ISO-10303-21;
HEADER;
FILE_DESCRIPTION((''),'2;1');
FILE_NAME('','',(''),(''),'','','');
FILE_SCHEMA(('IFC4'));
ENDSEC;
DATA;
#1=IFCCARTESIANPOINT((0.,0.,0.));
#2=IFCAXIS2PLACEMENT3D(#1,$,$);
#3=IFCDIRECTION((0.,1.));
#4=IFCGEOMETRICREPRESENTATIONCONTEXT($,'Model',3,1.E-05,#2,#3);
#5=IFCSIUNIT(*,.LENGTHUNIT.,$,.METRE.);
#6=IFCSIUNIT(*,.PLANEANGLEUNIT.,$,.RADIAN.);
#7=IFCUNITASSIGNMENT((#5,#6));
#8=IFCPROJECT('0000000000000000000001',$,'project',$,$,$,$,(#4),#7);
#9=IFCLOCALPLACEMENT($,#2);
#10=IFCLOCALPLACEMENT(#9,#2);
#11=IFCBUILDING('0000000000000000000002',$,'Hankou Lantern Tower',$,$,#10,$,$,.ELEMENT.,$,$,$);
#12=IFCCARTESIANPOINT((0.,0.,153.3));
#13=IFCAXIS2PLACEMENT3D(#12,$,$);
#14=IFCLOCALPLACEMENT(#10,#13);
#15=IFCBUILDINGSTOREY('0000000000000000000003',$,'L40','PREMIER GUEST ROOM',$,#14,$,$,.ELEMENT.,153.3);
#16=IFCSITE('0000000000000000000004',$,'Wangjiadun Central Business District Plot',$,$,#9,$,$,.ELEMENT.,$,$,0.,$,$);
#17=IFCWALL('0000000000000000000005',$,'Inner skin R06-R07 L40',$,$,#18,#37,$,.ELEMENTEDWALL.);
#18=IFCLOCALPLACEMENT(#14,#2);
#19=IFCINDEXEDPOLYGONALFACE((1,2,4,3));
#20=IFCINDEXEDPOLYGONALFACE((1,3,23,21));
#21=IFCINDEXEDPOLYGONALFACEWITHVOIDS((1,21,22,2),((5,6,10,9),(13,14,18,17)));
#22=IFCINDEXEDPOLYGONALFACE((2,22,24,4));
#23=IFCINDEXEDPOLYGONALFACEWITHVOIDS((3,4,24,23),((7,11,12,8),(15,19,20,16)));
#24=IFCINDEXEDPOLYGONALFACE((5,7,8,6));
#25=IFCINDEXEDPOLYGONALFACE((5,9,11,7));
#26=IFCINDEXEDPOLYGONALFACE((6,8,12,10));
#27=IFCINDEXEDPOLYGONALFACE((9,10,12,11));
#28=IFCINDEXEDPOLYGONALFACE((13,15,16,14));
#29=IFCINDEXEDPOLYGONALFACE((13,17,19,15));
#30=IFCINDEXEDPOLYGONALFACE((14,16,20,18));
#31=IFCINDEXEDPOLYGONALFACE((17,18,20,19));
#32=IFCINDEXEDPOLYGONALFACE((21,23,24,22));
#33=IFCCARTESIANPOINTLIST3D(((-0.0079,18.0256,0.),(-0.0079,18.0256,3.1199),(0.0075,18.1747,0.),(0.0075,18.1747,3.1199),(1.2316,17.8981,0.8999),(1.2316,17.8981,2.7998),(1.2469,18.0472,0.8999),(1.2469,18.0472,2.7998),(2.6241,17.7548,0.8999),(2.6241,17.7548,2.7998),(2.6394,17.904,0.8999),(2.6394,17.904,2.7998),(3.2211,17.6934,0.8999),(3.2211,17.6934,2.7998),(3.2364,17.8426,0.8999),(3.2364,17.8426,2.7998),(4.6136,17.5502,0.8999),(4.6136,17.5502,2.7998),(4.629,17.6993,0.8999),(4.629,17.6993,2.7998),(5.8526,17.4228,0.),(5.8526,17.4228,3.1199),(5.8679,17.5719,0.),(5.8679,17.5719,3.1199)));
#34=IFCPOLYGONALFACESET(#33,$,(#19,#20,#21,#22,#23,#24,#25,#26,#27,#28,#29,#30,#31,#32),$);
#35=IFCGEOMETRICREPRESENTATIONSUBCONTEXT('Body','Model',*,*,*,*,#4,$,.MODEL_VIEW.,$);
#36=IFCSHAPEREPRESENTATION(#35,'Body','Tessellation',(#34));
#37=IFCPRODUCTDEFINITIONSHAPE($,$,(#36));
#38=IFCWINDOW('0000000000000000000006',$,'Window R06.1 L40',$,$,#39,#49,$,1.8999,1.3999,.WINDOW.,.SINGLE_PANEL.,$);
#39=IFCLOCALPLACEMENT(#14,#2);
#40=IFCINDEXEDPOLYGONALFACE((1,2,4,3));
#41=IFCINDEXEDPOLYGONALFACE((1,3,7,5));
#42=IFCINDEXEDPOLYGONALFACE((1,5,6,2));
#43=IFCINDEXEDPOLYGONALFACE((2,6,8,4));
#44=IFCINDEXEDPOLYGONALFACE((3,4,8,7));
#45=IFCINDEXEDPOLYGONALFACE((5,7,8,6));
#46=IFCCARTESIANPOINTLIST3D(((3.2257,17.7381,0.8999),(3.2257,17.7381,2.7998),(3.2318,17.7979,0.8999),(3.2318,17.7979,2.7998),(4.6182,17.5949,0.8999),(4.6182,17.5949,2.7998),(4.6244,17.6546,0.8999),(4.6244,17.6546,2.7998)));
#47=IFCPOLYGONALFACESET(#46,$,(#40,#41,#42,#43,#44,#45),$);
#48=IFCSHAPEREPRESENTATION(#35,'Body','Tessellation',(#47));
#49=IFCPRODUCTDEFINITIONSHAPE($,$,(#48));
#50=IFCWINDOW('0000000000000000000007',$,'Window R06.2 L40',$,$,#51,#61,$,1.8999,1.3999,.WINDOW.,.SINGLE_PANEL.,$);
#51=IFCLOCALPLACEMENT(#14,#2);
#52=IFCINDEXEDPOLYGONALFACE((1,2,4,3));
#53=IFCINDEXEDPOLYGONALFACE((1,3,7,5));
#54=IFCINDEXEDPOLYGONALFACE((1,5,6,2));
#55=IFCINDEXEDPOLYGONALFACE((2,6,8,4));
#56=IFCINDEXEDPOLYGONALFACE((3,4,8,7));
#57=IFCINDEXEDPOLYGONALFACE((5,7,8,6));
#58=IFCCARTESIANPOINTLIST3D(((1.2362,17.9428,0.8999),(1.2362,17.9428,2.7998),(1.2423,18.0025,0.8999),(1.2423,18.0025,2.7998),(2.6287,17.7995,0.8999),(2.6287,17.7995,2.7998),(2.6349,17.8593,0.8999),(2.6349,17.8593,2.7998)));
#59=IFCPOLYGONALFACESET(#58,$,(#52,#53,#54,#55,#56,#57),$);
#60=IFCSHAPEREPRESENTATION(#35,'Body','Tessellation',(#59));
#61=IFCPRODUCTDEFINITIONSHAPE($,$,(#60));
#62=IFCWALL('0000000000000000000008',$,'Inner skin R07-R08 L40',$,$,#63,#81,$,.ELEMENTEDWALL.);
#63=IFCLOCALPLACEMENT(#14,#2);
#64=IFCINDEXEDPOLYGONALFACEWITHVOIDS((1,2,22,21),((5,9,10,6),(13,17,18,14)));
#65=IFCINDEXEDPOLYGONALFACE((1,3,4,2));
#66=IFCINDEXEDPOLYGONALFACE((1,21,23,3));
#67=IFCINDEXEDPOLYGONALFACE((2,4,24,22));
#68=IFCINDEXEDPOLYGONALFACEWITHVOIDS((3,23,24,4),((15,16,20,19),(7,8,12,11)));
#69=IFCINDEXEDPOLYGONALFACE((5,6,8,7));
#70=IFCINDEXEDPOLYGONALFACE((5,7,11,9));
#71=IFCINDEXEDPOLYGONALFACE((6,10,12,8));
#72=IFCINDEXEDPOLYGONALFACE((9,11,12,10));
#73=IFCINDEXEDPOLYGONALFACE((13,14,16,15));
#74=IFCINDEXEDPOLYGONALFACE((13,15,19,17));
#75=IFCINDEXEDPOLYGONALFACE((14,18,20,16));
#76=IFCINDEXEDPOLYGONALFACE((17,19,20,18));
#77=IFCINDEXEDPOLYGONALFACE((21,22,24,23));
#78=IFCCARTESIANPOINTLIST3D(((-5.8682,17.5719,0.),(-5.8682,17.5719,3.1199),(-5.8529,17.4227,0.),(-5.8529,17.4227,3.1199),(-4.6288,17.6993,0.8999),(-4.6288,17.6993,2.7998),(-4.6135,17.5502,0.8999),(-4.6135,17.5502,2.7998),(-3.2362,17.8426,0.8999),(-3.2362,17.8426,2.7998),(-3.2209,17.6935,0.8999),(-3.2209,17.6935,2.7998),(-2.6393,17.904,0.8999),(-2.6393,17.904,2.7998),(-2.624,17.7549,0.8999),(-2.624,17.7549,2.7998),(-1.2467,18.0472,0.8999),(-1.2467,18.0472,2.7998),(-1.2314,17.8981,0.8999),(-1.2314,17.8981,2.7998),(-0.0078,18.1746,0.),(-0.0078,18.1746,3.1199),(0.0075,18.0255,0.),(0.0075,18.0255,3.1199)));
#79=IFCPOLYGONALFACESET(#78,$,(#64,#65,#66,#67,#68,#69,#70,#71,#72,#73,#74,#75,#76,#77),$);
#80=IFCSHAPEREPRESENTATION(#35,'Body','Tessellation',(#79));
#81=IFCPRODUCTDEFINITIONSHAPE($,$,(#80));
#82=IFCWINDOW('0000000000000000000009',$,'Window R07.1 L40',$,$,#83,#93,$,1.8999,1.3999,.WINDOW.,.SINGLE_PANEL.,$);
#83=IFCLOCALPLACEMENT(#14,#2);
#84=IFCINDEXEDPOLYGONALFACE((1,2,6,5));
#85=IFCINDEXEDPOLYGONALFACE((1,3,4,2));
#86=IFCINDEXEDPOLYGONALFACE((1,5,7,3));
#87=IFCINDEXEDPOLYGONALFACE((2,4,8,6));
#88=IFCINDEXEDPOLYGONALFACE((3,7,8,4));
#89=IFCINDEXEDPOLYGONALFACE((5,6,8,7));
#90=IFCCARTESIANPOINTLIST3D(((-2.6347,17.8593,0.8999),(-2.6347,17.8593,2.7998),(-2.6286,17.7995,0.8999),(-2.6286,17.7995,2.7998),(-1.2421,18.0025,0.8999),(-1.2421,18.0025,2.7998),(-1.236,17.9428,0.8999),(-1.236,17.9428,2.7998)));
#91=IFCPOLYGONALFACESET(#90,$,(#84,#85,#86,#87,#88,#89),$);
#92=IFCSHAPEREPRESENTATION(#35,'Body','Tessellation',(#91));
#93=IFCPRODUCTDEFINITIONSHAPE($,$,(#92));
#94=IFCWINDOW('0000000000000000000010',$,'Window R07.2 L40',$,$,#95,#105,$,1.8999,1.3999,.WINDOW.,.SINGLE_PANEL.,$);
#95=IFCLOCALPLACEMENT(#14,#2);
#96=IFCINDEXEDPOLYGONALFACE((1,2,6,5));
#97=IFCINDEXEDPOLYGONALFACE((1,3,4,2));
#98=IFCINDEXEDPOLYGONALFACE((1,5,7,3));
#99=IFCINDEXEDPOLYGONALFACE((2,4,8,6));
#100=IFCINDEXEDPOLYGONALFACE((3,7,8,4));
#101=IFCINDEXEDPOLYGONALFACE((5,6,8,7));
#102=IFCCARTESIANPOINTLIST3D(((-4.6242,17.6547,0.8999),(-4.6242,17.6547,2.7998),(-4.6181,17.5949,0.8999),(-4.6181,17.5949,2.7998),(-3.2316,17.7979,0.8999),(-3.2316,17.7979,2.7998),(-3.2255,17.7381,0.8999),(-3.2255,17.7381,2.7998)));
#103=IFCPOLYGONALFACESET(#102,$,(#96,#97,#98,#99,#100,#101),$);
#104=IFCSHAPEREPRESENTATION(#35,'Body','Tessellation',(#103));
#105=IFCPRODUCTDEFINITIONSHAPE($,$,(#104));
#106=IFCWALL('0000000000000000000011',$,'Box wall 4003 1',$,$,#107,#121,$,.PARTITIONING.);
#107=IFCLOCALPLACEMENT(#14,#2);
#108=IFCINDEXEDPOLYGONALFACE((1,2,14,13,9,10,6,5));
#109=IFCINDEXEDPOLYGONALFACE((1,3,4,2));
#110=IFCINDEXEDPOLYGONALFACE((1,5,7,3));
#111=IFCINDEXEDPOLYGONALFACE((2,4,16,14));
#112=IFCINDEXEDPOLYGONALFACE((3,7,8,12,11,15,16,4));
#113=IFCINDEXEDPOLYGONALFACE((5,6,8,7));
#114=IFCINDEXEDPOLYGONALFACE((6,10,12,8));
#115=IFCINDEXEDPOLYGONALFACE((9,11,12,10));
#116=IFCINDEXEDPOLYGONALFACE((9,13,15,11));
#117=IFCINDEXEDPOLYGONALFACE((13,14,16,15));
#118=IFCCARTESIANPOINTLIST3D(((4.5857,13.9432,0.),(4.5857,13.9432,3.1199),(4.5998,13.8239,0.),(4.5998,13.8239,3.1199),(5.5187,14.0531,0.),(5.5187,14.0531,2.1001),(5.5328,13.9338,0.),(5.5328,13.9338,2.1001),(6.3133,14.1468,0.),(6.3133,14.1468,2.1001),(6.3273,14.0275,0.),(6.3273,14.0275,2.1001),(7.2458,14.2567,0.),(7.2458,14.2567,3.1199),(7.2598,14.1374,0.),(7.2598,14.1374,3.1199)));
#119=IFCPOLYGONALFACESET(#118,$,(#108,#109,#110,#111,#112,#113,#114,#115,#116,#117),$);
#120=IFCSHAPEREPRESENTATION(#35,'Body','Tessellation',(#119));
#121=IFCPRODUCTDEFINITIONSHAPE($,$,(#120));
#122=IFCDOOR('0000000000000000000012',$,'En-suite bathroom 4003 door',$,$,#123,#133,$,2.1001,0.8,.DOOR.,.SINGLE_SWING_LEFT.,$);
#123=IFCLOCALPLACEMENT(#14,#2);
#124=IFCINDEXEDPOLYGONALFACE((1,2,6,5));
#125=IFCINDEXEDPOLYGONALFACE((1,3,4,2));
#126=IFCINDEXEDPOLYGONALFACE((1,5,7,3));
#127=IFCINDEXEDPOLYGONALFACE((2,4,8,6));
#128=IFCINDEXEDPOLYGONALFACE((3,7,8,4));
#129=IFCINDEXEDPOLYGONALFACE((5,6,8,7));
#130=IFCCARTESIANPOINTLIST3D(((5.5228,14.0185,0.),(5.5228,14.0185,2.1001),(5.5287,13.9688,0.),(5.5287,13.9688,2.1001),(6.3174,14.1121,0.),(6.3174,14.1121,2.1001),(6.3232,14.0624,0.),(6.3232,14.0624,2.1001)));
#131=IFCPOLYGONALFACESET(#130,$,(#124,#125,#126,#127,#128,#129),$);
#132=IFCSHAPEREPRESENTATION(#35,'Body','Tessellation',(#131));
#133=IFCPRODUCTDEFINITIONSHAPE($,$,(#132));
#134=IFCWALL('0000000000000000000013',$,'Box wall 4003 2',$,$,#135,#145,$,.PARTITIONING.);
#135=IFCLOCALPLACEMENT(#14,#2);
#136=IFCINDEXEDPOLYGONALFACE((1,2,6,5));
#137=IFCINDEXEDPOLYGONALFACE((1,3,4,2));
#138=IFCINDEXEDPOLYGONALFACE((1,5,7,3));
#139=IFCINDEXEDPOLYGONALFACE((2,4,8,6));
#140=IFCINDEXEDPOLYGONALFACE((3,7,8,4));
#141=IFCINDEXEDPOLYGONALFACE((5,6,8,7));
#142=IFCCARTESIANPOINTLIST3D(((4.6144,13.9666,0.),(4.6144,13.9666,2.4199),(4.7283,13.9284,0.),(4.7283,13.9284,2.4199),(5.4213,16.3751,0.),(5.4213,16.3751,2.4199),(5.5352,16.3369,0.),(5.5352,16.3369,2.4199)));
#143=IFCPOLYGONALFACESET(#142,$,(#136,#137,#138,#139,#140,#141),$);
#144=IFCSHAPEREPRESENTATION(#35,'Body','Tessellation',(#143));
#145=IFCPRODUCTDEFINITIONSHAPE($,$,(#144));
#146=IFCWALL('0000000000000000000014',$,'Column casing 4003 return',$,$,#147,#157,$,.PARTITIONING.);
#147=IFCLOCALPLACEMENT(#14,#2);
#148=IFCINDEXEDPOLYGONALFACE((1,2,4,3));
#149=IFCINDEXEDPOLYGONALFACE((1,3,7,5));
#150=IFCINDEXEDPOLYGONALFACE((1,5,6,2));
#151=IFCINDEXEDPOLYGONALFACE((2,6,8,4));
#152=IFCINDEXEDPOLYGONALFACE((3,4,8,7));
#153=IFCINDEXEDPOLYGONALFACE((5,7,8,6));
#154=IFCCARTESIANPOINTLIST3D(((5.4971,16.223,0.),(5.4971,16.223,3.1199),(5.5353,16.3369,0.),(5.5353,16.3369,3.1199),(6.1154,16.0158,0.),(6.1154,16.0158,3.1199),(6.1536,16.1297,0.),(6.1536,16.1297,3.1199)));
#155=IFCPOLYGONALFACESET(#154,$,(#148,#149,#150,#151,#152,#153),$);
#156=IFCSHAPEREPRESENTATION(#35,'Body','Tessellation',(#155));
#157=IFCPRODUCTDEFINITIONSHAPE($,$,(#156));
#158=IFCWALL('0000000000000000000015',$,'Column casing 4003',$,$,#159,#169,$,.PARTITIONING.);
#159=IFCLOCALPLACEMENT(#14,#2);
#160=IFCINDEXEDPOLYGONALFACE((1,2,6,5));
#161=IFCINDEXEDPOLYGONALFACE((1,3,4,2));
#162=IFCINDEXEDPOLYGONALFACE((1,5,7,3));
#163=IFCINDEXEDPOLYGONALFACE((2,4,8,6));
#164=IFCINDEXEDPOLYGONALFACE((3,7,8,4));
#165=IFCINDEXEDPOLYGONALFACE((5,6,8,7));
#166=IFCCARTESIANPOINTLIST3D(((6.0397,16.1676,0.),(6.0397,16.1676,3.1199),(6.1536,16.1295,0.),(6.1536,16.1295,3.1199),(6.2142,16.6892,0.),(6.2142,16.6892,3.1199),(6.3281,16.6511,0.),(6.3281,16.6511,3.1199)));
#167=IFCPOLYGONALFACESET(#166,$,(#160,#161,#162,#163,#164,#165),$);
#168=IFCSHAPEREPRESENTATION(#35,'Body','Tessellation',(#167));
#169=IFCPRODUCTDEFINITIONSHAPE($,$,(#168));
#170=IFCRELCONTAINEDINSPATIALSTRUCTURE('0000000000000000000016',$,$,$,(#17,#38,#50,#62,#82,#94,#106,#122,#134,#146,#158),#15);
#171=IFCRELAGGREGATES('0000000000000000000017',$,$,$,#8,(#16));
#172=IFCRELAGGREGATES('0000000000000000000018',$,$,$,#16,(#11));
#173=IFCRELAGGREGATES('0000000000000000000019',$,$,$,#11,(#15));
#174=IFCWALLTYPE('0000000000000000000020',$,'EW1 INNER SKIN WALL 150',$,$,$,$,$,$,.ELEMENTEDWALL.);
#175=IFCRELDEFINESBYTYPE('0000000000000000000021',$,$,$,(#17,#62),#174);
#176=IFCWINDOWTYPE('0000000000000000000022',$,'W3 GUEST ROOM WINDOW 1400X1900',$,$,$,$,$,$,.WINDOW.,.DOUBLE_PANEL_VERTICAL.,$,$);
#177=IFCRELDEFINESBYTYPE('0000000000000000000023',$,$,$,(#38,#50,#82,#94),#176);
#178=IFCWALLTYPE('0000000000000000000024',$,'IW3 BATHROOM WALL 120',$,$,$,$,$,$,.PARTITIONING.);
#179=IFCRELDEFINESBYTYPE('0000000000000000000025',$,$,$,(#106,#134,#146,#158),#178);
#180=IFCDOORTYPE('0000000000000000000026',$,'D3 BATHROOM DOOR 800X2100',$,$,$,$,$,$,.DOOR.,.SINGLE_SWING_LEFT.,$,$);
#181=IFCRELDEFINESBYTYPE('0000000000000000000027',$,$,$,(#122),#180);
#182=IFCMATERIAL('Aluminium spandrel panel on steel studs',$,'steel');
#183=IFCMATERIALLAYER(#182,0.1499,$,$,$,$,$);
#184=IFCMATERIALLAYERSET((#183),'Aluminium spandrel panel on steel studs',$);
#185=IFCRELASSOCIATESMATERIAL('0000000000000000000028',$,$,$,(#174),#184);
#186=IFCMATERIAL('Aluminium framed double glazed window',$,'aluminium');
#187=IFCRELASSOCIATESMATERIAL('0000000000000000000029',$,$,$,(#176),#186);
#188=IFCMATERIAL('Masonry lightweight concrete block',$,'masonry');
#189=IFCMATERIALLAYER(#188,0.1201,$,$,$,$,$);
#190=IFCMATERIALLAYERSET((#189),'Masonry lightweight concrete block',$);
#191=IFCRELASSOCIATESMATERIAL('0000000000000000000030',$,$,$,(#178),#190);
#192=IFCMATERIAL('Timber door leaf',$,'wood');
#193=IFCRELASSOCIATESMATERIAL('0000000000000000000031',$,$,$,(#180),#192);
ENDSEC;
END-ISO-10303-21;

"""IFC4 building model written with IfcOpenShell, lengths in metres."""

from ifc_helpers import new_model, si_unit, direction, frame, frame_2d, origin, place, context, subcontext, project, spatial, rectangle, extrude, material, layer, layer_set, type_object, element, fill, save


model = new_model("IFC4")

# Units and contexts
model_context = context("Model", 3, precision=1e-05, world=origin(), true_north=direction((0.0, 1.0)))
body_context = subcontext(model_context, "Body", "Model", "MODEL_VIEW")
ifc_project = project(units=[si_unit("LENGTHUNIT", "METRE"), si_unit("PLANEANGLEUNIT", "RADIAN")], contexts=[model_context])

# Site, building, storey
site_placement = place(None, origin())
site = spatial("IfcSite", under=ifc_project, at=site_placement, Name="Wangjiadun Central Business District Plot", CompositionType="ELEMENT", RefElevation=0.0)
building_placement = place(site_placement, origin())
building = spatial("IfcBuilding", under=site, at=building_placement, Name="Hankou Lantern Tower", CompositionType="ELEMENT")
storey_placement = place(building_placement, frame((0.0, 0.0, 153.3)))
storey = spatial("IfcBuildingStorey", under=building, at=storey_placement, Name="L40", Description="PREMIER GUEST ROOM", CompositionType="ELEMENT", Elevation=153.3)

# Walls, openings, windows
ifc_material_1 = material(Name="Aluminium spandrel panel on steel studs", Category="steel")
ifc_layer_1 = layer(ifc_material_1, 0.1499)
ifc_layer_set_1 = layer_set([ifc_layer_1], Name="Aluminium spandrel panel on steel studs")
wall_type_1 = type_object("IfcWallType", Name="EW1 INNER SKIN WALL 150", PredefinedType="ELEMENTEDWALL", material=ifc_layer_set_1)
ifc_material_2 = material(Name="Aluminium framed double glazed window", Category="aluminium")
window_type = type_object("IfcWindowType", Name="W3 GUEST ROOM WINDOW 1400X1900", PartitioningType="DOUBLE_PANEL_VERTICAL", PredefinedType="WINDOW", material=ifc_material_2)
wall_1_placement = place(storey_placement, frame((5.8604, 17.4973, 0.0), z_axis=(0.0, 0.0, 1.0), x_axis=(-0.994752, 0.102318, 0.0)))
wall_1 = element("IfcWall", 1, at=wall_1_placement, inside=storey, type_object=wall_type_1, Name="Inner skin R06-R07 L40", PredefinedType="ELEMENTEDWALL", context=body_context, shape_type="SweptSolid", body=[
    extrude(rectangle(XDim=5.8914, YDim=0.1499, at=frame_2d((2.9458, 0.0))), origin(), (0.0, 0.0, 1.0), 3.1199),
])
opening_1_placement = place(wall_1_placement, frame((1.2456, 0.0, 0.8999)))
opening_1 = element("IfcOpeningElement", 2, at=opening_1_placement, cuts=wall_1, PredefinedType="OPENING", context=body_context, shape_type="SweptSolid", body=[
    extrude(rectangle(XDim=1.3999, YDim=1.8999, at=frame_2d((0.7, 0.95))), frame((0.0, 0.085, 0.0), z_axis=(0.0, -1.0, 0.0), x_axis=(1.0, 0.0, 0.0)), (0.0, 0.0, 1.0), 0.1699),
])
opening_2_placement = place(wall_1_placement, frame((3.2456, 0.0, 0.8999)))
opening_2 = element("IfcOpeningElement", 3, at=opening_2_placement, cuts=wall_1, PredefinedType="OPENING", context=body_context, shape_type="SweptSolid", body=[
    extrude(rectangle(XDim=1.3999, YDim=1.8999, at=frame_2d((0.7, 0.95))), frame((0.0, 0.085, 0.0), z_axis=(0.0, -1.0, 0.0), x_axis=(1.0, 0.0, 0.0)), (0.0, 0.0, 1.0), 0.1699),
])
window_1_placement = place(opening_1_placement, origin())
window_1 = element("IfcWindow", 4, at=window_1_placement, inside=storey, type_object=window_type, Name="Window R06.1 L40", OverallHeight=1.8999, OverallWidth=1.3999, PartitioningType="SINGLE_PANEL", PredefinedType="WINDOW", context=body_context, shape_type="SweptSolid", body=[
    extrude(rectangle(XDim=1.3999, YDim=1.8999, at=frame_2d((0.7, 0.95))), frame((0.0, 0.03, 0.0), z_axis=(0.0, -1.0, 0.0), x_axis=(1.0, 0.0, 0.0)), (0.0, 0.0, 1.0), 0.0601),
])
fill(opening_1, window_1)
window_2_placement = place(opening_2_placement, origin())
window_2 = element("IfcWindow", 5, at=window_2_placement, inside=storey, type_object=window_type, Name="Window R06.2 L40", OverallHeight=1.8999, OverallWidth=1.3999, PartitioningType="SINGLE_PANEL", PredefinedType="WINDOW", context=body_context, shape_type="SweptSolid", body=[
    extrude(rectangle(XDim=1.3999, YDim=1.8999, at=frame_2d((0.7, 0.95))), frame((0.0, 0.03, 0.0), z_axis=(0.0, -1.0, 0.0), x_axis=(1.0, 0.0, 0.0)), (0.0, 0.0, 1.0), 0.0601),
])
fill(opening_2, window_2)
wall_2_placement = place(storey_placement, frame((0.0, 18.1001, 0.0), z_axis=(0.0, 0.0, 1.0), x_axis=(-0.994752, -0.102318, 0.0)))
wall_2 = element("IfcWall", 6, at=wall_2_placement, inside=storey, type_object=wall_type_1, Name="Inner skin R07-R08 L40", PredefinedType="ELEMENTEDWALL", context=body_context, shape_type="SweptSolid", body=[
    extrude(rectangle(XDim=5.8914, YDim=0.1499, at=frame_2d((2.9458, 0.0))), origin(), (0.0, 0.0, 1.0), 3.1199),
])
opening_3_placement = place(wall_2_placement, frame((1.2456, 0.0, 0.8999)))
opening_3 = element("IfcOpeningElement", 7, at=opening_3_placement, cuts=wall_2, PredefinedType="OPENING", context=body_context, shape_type="SweptSolid", body=[
    extrude(rectangle(XDim=1.3999, YDim=1.8999, at=frame_2d((0.7, 0.95))), frame((0.0, 0.085, 0.0), z_axis=(0.0, -1.0, 0.0), x_axis=(1.0, 0.0, 0.0)), (0.0, 0.0, 1.0), 0.1699),
])
opening_4_placement = place(wall_2_placement, frame((3.2456, 0.0, 0.8999)))
opening_4 = element("IfcOpeningElement", 8, at=opening_4_placement, cuts=wall_2, PredefinedType="OPENING", context=body_context, shape_type="SweptSolid", body=[
    extrude(rectangle(XDim=1.3999, YDim=1.8999, at=frame_2d((0.7, 0.95))), frame((0.0, 0.085, 0.0), z_axis=(0.0, -1.0, 0.0), x_axis=(1.0, 0.0, 0.0)), (0.0, 0.0, 1.0), 0.1699),
])
window_3_placement = place(opening_3_placement, origin())
window_3 = element("IfcWindow", 9, at=window_3_placement, inside=storey, type_object=window_type, Name="Window R07.1 L40", OverallHeight=1.8999, OverallWidth=1.3999, PartitioningType="SINGLE_PANEL", PredefinedType="WINDOW", context=body_context, shape_type="SweptSolid", body=[
    extrude(rectangle(XDim=1.3999, YDim=1.8999, at=frame_2d((0.7, 0.95))), frame((0.0, 0.03, 0.0), z_axis=(0.0, -1.0, 0.0), x_axis=(1.0, 0.0, 0.0)), (0.0, 0.0, 1.0), 0.0601),
])
fill(opening_3, window_3)
window_4_placement = place(opening_4_placement, origin())
window_4 = element("IfcWindow", 10, at=window_4_placement, inside=storey, type_object=window_type, Name="Window R07.2 L40", OverallHeight=1.8999, OverallWidth=1.3999, PartitioningType="SINGLE_PANEL", PredefinedType="WINDOW", context=body_context, shape_type="SweptSolid", body=[
    extrude(rectangle(XDim=1.3999, YDim=1.8999, at=frame_2d((0.7, 0.95))), frame((0.0, 0.03, 0.0), z_axis=(0.0, -1.0, 0.0), x_axis=(1.0, 0.0, 0.0)), (0.0, 0.0, 1.0), 0.0601),
])
fill(opening_4, window_4)

# Wall, opening, door
ifc_material_3 = material(Name="Masonry lightweight concrete block", Category="masonry")
ifc_layer_2 = layer(ifc_material_3, 0.1201)
ifc_layer_set_2 = layer_set([ifc_layer_2], Name="Masonry lightweight concrete block")
wall_type_2 = type_object("IfcWallType", Name="IW3 BATHROOM WALL 120", PredefinedType="PARTITIONING", material=ifc_layer_set_2)
wall_3_placement = place(storey_placement, frame((7.2529, 14.197, 0.0), z_axis=(0.0, 0.0, 1.0), x_axis=(-0.993128, -0.117032, 0.0)))
wall_3 = element("IfcWall", 11, at=wall_3_placement, inside=storey, type_object=wall_type_2, Name="Box wall 4003 1", PredefinedType="PARTITIONING", context=body_context, shape_type="SweptSolid", body=[
    extrude(rectangle(XDim=2.6785, YDim=0.1201, at=frame_2d((1.3394, 0.0))), origin(), (0.0, 0.0, 1.0), 3.1199),
])
opening_5_placement = place(wall_3_placement, frame((0.9392, 0.0, 0.0)))
opening_5 = element("IfcOpeningElement", 12, at=opening_5_placement, cuts=wall_3, PredefinedType="OPENING", context=body_context, shape_type="SweptSolid", body=[
    extrude(rectangle(XDim=0.8, YDim=2.1001, at=frame_2d((0.3999, 1.05))), frame((0.0, 0.0701, 0.0), z_axis=(0.0, -1.0, 0.0), x_axis=(1.0, 0.0, 0.0)), (0.0, 0.0, 1.0), 0.1401),
])
ifc_material_4 = material(Name="Timber door leaf", Category="wood")
door_type = type_object("IfcDoorType", Name="D3 BATHROOM DOOR 800X2100", OperationType="SINGLE_SWING_LEFT", PredefinedType="DOOR", material=ifc_material_4)
door_placement = place(opening_5_placement, origin())
door = element("IfcDoor", 13, at=door_placement, inside=storey, type_object=door_type, Name="En-suite bathroom 4003 door", OperationType="SINGLE_SWING_LEFT", OverallHeight=2.1001, OverallWidth=0.8, PredefinedType="DOOR", context=body_context, shape_type="SweptSolid", body=[
    extrude(rectangle(XDim=0.8, YDim=2.1001, at=frame_2d((0.3999, 1.05))), frame((0.0, 0.0249, 0.0), z_axis=(0.0, -1.0, 0.0), x_axis=(1.0, 0.0, 0.0)), (0.0, 0.0, 1.0), 0.05),
])
fill(opening_5, door)

# Walls
wall_4_placement = place(storey_placement, frame((4.6714, 13.9475, 0.0), z_axis=(0.0, 0.0, 1.0), x_axis=(0.317669, 0.948202, 0.0)))
element("IfcWall", 14, at=wall_4_placement, inside=storey, type_object=wall_type_2, Name="Box wall 4003 2", PredefinedType="PARTITIONING", context=body_context, shape_type="SweptSolid", body=[
    extrude(rectangle(XDim=2.54, YDim=0.1201, at=frame_2d((1.27, 0.0))), origin(), (0.0, 0.0, 1.0), 2.4199),
])
wall_5_placement = place(storey_placement, frame((5.5161, 16.28, 0.0), z_axis=(0.0, 0.0, 1.0), x_axis=(0.948158, -0.317799, 0.0)))
element("IfcWall", 15, at=wall_5_placement, inside=storey, type_object=wall_type_2, Name="Column casing 4003 return", PredefinedType="PARTITIONING", context=body_context, shape_type="SweptSolid", body=[
    extrude(rectangle(XDim=0.6521, YDim=0.1201, at=frame_2d((0.3262, 0.0))), origin(), (0.0, 0.0, 1.0), 3.1199),
])
wall_6_placement = place(storey_placement, frame((6.0967, 16.1487, 0.0), z_axis=(0.0, 0.0, 1.0), x_axis=(0.317293, 0.948328, 0.0)))
element("IfcWall", 16, at=wall_6_placement, inside=storey, type_object=wall_type_2, Name="Column casing 4003", PredefinedType="PARTITIONING", context=body_context, shape_type="SweptSolid", body=[
    extrude(rectangle(XDim=0.55, YDim=0.1201, at=frame_2d((0.2749, 0.0))), origin(), (0.0, 0.0, 1.0), 3.1199),
])

save(model, "model.ifc")
